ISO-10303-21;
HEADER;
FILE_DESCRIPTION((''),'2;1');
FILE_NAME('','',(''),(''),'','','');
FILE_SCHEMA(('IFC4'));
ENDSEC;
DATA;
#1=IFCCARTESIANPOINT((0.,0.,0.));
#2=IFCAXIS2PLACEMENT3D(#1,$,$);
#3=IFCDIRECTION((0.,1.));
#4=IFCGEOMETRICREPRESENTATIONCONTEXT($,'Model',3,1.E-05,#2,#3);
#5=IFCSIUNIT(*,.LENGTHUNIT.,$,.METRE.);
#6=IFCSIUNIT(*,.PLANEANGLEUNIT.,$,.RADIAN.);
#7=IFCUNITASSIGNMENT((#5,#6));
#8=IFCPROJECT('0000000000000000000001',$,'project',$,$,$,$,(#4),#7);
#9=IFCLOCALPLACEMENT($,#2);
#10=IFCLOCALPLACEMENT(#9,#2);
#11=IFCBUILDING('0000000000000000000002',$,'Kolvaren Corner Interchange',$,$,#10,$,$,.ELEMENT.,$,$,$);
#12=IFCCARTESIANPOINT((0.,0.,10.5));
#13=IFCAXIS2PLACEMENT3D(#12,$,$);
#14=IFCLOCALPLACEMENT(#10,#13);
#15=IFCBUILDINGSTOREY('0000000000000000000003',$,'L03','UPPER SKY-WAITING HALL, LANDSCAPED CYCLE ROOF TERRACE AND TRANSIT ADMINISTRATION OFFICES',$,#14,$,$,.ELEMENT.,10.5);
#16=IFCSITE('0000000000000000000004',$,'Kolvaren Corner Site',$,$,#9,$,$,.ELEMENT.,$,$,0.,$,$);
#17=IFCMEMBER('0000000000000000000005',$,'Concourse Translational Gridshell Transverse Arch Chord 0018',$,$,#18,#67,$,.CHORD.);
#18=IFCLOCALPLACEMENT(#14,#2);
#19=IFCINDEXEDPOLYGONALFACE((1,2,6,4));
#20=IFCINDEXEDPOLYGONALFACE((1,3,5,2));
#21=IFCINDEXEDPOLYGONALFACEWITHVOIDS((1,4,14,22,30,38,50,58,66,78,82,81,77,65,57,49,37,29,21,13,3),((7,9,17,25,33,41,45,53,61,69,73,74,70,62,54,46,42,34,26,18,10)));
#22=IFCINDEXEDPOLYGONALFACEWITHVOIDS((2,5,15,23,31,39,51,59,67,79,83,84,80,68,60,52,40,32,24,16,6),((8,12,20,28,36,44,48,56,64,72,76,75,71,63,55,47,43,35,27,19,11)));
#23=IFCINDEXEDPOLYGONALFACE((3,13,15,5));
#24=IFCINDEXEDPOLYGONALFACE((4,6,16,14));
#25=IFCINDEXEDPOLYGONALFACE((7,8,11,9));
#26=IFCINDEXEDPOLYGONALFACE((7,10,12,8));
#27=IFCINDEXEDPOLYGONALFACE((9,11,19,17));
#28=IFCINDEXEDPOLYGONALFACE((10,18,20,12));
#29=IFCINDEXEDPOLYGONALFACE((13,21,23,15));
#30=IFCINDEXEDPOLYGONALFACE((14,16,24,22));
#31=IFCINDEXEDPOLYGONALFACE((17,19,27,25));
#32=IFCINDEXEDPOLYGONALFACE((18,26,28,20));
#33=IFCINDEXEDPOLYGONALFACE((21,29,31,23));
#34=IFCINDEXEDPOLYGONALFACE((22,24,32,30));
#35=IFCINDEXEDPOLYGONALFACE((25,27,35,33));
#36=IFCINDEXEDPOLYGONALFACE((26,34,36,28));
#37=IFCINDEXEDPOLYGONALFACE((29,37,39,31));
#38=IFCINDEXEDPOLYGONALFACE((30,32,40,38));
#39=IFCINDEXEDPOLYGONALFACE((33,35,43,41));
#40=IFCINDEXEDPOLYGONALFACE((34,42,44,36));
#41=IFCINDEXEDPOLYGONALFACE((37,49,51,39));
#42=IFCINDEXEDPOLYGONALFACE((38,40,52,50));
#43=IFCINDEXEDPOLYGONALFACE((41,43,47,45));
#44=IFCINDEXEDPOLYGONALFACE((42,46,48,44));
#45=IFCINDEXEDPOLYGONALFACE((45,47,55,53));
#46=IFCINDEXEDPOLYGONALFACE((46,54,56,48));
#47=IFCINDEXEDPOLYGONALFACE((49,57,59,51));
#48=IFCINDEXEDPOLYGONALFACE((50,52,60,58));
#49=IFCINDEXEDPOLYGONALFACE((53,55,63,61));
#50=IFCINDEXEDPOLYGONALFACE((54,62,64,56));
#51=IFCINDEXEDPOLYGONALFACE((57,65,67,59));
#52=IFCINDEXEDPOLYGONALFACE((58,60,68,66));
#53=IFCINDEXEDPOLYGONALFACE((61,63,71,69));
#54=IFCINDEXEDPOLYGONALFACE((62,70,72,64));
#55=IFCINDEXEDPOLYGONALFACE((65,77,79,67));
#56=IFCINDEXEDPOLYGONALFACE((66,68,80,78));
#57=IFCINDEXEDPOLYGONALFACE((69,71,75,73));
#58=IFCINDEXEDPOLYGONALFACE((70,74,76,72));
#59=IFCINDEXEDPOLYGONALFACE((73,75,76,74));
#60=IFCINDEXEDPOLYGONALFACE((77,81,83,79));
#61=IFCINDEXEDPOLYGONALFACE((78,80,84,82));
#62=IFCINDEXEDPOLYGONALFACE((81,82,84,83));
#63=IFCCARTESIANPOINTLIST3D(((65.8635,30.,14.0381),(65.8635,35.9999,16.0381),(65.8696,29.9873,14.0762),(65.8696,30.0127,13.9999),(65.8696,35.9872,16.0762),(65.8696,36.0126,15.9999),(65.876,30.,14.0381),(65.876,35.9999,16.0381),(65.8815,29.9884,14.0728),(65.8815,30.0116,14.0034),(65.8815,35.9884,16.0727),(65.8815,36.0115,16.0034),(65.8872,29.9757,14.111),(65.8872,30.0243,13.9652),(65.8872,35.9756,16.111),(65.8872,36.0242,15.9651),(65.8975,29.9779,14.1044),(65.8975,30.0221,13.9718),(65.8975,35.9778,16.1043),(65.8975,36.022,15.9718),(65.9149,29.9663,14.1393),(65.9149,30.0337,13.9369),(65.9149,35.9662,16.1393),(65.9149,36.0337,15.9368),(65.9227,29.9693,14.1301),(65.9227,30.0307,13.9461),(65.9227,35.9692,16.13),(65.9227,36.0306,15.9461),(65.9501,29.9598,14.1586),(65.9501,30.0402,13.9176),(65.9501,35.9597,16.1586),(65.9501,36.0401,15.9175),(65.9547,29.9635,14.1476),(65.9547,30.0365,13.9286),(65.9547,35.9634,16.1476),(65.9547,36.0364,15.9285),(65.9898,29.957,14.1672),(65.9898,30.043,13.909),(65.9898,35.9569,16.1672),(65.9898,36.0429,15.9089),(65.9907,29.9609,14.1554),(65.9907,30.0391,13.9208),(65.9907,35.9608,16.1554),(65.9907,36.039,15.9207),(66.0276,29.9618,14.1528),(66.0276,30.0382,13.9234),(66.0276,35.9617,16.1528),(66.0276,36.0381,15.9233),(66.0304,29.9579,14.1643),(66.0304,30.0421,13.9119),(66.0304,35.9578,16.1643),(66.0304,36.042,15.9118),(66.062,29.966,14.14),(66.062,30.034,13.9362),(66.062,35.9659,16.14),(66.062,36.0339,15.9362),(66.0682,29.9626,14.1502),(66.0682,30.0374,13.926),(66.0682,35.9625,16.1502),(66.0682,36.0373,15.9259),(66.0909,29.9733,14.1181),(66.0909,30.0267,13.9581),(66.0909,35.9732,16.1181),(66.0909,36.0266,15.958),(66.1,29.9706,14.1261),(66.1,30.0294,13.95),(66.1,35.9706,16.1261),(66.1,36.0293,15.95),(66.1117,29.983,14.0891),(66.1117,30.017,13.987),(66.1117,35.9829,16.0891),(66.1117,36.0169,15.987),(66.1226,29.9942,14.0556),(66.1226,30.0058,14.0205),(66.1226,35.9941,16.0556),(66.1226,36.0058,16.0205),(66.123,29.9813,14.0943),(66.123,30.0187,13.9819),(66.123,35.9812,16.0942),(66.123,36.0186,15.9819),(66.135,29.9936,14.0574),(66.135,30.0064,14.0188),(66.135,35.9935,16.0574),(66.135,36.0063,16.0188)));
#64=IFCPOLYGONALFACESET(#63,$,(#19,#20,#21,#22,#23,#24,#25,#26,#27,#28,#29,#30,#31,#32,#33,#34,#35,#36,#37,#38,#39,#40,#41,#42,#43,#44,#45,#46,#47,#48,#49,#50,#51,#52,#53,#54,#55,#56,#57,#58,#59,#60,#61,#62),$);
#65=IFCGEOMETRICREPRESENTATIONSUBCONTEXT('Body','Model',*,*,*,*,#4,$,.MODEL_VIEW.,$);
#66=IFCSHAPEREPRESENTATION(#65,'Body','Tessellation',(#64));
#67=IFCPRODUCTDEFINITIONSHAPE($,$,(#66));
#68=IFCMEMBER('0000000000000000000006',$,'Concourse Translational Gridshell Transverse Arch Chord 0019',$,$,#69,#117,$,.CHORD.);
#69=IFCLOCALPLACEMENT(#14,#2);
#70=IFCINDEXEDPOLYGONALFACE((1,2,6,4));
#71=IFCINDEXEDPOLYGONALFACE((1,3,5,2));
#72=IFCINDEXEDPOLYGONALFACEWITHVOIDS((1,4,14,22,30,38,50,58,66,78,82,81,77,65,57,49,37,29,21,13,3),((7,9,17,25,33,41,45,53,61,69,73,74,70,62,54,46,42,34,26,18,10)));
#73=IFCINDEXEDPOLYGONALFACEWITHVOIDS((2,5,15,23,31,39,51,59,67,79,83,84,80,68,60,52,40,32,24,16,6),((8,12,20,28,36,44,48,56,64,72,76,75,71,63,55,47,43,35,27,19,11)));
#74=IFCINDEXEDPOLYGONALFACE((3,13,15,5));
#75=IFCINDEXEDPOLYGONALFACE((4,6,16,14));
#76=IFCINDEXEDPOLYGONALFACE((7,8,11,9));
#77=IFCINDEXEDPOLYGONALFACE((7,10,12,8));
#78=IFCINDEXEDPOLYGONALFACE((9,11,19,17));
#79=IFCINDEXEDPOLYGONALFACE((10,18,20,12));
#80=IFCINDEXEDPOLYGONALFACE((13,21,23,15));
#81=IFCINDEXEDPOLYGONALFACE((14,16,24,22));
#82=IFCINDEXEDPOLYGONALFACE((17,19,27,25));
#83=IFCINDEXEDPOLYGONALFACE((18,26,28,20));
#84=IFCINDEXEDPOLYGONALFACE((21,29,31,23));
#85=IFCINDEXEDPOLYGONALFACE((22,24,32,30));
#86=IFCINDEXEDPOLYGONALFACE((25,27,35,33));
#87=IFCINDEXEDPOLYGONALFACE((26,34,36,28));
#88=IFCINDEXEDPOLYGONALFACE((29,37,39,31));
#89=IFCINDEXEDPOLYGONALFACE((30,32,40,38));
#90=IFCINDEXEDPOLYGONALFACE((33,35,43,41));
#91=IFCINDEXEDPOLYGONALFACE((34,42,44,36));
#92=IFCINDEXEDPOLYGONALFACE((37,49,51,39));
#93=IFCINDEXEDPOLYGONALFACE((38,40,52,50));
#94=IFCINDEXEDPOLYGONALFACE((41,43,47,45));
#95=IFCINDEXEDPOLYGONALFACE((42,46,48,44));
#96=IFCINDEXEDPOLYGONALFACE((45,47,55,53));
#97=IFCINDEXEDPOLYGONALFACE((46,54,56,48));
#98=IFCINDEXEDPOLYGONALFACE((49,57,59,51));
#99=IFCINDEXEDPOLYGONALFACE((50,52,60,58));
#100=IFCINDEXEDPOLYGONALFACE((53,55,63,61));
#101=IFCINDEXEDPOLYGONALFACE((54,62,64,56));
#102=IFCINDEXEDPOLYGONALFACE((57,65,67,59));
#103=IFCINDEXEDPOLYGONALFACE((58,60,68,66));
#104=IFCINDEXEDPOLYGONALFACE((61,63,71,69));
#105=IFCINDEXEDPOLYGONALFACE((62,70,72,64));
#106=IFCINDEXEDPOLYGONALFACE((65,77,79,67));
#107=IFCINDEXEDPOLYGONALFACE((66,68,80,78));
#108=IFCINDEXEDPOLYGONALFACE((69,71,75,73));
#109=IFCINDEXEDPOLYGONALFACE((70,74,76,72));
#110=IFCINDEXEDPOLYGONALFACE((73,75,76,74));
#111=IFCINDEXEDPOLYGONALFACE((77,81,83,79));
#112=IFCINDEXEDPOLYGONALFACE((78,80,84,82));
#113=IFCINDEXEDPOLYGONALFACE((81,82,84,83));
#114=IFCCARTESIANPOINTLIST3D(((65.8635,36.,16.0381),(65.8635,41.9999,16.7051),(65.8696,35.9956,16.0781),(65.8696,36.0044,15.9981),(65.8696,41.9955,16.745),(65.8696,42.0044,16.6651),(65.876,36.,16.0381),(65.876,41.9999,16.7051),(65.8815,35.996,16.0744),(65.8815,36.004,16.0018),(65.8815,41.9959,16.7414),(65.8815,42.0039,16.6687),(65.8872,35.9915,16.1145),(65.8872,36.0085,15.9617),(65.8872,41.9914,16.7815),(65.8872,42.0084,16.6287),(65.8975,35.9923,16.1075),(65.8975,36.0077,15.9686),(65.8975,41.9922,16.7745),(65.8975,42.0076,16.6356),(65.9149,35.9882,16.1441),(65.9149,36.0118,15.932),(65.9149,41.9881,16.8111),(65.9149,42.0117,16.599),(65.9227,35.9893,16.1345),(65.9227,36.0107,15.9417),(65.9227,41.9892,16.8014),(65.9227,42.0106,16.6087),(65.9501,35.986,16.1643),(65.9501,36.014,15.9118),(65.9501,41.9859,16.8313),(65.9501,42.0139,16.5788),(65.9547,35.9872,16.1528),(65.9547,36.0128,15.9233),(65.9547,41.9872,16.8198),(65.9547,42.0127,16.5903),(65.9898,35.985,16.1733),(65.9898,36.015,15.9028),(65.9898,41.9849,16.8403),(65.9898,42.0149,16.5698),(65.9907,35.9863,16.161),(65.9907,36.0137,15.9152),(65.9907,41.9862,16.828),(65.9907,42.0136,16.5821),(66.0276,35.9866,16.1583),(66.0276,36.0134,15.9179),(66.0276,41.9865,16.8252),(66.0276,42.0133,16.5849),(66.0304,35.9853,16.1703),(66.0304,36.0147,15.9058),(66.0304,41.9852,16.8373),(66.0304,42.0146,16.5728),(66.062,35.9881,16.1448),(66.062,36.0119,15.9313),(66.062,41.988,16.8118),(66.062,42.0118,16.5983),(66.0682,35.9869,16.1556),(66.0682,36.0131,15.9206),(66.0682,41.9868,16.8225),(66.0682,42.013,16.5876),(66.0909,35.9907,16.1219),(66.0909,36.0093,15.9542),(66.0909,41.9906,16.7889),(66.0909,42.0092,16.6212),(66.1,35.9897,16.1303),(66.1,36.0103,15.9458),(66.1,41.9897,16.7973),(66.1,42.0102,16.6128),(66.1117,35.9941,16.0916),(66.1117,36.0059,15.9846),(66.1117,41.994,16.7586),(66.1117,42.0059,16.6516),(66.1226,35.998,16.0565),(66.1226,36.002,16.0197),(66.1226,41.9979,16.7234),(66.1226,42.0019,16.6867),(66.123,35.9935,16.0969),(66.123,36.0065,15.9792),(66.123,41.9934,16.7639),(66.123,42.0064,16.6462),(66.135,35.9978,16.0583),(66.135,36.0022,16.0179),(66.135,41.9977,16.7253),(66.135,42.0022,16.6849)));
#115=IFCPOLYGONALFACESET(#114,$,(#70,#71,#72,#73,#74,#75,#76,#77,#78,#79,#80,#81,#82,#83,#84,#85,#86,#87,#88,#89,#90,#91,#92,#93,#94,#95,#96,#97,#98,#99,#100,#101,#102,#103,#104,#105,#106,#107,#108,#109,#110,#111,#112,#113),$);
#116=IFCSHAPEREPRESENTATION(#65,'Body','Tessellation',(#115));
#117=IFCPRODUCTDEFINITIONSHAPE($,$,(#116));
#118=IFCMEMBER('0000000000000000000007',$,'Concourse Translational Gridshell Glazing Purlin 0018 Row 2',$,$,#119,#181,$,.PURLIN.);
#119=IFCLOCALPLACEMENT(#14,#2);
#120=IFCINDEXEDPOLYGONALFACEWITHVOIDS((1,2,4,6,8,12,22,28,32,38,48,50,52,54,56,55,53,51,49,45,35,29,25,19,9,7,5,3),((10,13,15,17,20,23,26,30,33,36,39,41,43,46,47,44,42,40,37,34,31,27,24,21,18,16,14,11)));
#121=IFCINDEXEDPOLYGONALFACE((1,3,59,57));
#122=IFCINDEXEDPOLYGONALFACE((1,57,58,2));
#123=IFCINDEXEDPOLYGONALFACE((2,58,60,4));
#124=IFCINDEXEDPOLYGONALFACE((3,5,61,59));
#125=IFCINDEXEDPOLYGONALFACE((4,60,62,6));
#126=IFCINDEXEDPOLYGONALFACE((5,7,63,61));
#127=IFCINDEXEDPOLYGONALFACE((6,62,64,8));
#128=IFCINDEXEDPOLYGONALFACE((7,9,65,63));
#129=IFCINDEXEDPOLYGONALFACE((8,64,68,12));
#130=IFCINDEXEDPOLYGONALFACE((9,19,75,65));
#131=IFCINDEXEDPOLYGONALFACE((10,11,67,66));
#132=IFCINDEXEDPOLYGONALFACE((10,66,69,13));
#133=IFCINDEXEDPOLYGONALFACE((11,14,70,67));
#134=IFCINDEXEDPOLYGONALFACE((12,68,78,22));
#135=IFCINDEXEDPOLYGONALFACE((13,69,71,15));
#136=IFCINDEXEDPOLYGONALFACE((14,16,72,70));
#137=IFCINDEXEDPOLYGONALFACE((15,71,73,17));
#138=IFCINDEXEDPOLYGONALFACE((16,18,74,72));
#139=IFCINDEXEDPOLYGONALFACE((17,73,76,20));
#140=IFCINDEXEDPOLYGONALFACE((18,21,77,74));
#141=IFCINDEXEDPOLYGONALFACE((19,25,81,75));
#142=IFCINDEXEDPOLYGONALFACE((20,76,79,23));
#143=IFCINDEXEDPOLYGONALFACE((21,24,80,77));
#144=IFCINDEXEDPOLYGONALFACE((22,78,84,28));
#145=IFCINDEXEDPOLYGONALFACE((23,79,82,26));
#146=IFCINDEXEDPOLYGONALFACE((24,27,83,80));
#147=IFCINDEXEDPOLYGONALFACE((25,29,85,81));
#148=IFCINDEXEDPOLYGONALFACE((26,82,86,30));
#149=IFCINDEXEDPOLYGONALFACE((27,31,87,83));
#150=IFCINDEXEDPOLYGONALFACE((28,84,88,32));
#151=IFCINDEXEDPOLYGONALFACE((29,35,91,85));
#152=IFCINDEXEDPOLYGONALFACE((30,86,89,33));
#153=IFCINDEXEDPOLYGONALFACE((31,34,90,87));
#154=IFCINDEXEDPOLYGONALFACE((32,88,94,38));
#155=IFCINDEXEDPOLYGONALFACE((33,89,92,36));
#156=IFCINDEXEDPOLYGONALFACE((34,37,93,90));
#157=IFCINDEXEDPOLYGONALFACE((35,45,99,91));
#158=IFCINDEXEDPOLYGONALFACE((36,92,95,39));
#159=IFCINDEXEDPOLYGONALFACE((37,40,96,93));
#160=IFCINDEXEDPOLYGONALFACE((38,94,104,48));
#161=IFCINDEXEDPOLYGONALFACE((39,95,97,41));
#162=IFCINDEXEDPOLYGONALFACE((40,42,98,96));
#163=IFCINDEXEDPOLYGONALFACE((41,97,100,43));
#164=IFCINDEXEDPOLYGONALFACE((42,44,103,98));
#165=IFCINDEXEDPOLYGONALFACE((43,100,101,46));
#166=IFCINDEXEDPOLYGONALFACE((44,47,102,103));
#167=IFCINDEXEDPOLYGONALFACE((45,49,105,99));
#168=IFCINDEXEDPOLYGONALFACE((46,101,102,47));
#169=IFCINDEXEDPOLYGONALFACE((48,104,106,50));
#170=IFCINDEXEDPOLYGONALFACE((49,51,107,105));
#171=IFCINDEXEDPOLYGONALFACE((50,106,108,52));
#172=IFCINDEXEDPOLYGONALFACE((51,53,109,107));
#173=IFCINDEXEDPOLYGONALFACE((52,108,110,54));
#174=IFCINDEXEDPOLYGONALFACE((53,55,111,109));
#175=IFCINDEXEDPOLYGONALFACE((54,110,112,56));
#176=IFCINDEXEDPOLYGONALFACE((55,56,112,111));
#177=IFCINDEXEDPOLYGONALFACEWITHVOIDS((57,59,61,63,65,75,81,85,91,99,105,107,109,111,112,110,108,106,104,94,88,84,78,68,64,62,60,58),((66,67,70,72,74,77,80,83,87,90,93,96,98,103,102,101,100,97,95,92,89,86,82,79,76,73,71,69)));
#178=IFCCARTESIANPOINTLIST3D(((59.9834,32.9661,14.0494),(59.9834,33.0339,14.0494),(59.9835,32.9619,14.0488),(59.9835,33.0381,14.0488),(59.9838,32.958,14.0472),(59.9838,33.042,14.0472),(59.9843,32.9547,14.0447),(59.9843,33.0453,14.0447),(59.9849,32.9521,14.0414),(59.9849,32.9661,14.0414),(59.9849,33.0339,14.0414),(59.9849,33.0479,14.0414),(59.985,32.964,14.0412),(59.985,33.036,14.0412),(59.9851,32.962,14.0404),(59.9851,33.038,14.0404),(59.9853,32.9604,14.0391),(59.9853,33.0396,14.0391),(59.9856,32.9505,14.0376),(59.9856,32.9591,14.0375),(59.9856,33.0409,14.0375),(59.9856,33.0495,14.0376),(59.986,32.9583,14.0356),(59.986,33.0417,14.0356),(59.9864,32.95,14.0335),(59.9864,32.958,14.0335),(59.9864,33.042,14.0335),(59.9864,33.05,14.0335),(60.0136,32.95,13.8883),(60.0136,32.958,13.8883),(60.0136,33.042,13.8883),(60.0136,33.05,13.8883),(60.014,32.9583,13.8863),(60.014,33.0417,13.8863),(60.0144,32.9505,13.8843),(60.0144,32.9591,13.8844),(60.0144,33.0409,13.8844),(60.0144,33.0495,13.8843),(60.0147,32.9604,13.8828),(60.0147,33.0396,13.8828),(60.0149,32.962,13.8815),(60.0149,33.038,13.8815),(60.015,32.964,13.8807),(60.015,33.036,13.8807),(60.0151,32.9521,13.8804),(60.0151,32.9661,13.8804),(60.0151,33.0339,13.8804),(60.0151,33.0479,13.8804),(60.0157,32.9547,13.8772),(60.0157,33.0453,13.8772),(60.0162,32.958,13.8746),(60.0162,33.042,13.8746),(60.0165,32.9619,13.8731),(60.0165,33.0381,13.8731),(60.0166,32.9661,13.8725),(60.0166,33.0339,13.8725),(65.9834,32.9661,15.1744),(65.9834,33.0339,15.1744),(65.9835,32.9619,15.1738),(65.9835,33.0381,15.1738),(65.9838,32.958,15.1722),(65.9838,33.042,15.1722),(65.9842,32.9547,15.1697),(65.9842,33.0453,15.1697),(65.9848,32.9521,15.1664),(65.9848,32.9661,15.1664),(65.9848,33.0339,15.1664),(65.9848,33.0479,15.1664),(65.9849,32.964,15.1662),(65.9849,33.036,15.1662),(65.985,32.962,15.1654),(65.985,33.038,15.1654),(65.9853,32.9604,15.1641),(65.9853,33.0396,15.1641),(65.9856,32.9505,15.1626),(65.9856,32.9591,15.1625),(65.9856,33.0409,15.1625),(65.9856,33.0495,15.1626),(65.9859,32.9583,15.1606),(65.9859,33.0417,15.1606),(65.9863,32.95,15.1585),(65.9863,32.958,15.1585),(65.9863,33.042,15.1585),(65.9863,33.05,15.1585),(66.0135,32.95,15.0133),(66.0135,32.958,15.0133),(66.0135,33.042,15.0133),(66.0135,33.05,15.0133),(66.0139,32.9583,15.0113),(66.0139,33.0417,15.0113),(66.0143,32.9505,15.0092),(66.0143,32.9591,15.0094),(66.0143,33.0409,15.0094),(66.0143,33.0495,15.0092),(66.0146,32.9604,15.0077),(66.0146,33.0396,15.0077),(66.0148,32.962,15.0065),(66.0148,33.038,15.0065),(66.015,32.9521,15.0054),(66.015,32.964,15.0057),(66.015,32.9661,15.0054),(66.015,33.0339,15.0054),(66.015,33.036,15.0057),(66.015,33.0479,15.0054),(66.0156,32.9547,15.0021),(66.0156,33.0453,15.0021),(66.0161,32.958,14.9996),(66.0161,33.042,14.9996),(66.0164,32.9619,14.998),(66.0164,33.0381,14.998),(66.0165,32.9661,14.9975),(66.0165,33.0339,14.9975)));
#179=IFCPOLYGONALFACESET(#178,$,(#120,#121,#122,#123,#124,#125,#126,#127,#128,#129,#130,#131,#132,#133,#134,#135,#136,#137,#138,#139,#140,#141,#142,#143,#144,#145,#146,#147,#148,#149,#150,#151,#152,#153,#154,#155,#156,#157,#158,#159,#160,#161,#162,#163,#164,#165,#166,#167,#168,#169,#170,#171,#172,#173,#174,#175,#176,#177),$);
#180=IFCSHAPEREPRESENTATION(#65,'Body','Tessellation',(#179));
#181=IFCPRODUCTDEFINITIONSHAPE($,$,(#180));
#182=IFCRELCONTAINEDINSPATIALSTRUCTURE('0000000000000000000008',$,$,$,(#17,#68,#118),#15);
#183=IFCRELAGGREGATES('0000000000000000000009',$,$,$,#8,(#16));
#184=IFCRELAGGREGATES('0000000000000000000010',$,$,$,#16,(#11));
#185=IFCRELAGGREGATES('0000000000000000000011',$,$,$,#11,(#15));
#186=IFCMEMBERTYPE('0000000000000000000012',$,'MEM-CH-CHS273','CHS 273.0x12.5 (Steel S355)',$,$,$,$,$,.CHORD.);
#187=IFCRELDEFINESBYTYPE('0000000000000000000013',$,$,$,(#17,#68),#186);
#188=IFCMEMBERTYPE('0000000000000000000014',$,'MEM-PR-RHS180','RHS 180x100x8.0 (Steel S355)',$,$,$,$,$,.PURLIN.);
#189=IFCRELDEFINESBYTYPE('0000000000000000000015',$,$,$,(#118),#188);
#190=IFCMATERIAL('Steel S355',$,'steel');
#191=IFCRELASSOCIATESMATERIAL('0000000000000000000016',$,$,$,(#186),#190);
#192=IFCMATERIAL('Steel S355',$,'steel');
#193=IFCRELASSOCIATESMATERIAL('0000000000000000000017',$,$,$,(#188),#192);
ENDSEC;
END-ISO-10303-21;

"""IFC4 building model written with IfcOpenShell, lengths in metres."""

from ifc_helpers import new_model, si_unit, direction, frame, origin, origin_2d, place, context, subcontext, project, spatial, hollow_rectangle, hollow_circle, extrude, material, material_profile, profile_set, type_object, element, save


model = new_model("IFC4")

# Units and contexts
model_context = context("Model", 3, precision=1e-05, world=origin(), true_north=direction((0.0, 1.0)))
body_context = subcontext(model_context, "Body", "Model", "MODEL_VIEW")
ifc_project = project(units=[si_unit("LENGTHUNIT", "METRE"), si_unit("PLANEANGLEUNIT", "RADIAN")], contexts=[model_context])

# Site, building, storey
site_placement = place(None, origin())
site = spatial("IfcSite", under=ifc_project, at=site_placement, Name="Kolvaren Corner Site", CompositionType="ELEMENT", RefElevation=0.0)
building_placement = place(site_placement, origin())
building = spatial("IfcBuilding", under=site, at=building_placement, Name="Kolvaren Corner Interchange", CompositionType="ELEMENT")
storey_placement = place(building_placement, frame((0.0, 0.0, 10.5)))
storey = spatial("IfcBuildingStorey", under=building, at=storey_placement, Name="L03", Description="UPPER SKY-WAITING HALL, LANDSCAPED CYCLE ROOF TERRACE AND TRANSIT ADMINISTRATION OFFICES", CompositionType="ELEMENT", Elevation=10.5)

# Members
ifc_material_1 = material(Name="Steel S355", Category="steel")
ifc_material_profile_1 = material_profile(ifc_material_1, hollow_circle(Radius=0.1365, WallThickness=0.0125, at=origin_2d()), Name="CHS 273.0x12.5")
ifc_profile_set_1 = profile_set([ifc_material_profile_1], Name="Steel S355")
member_type_1 = type_object("IfcMemberType", Name="MEM-CH-CHS273", Description="CHS 273.0x12.5 (Steel S355)", PredefinedType="CHORD", material=ifc_profile_set_1)
member_1_placement = place(storey_placement, frame((66.0, 30.0, 14.0381), z_axis=(0.0, 0.948683, 0.316228), x_axis=(-1.0, 0.0, 0.0)))
element("IfcMember", 1, at=member_1_placement, inside=storey, type_object=member_type_1, Name="Concourse Translational Gridshell Transverse Arch Chord 0018", PredefinedType="CHORD", context=body_context, shape_type="SweptSolid", body=[
    extrude(hollow_circle(Radius=0.1365, WallThickness=0.0125, at=origin_2d()), origin(), (0.0, 0.0, 1.0), 6.3245),
])
member_2_placement = place(storey_placement, frame((66.0, 36.0, 16.0381), z_axis=(0.0, 0.993878, 0.110485), x_axis=(-1.0, 0.0, 0.0)))
element("IfcMember", 2, at=member_2_placement, inside=storey, type_object=member_type_1, Name="Concourse Translational Gridshell Transverse Arch Chord 0019", PredefinedType="CHORD", context=body_context, shape_type="SweptSolid", body=[
    extrude(hollow_circle(Radius=0.1365, WallThickness=0.0125, at=origin_2d()), origin(), (0.0, 0.0, 1.0), 6.0369),
])
ifc_material_2 = material(Name="Steel S355", Category="steel")
ifc_material_profile_2 = material_profile(ifc_material_2, hollow_rectangle(XDim=0.1001, YDim=0.1799, WallThickness=0.0081, InnerFilletRadius=0.0081, OuterFilletRadius=0.0161, at=origin_2d()), Name="RHS 180x100x8.0")
ifc_profile_set_2 = profile_set([ifc_material_profile_2], Name="Steel S355")
member_type_2 = type_object("IfcMemberType", Name="MEM-PR-RHS180", Description="RHS 180x100x8.0 (Steel S355)", PredefinedType="PURLIN", material=ifc_profile_set_2)
member_3_placement = place(storey_placement, frame((60.0, 33.0, 13.9609), z_axis=(0.982872, 0.0, 0.184289), x_axis=(0.0, 1.0, 0.0)))
element("IfcMember", 3, at=member_3_placement, inside=storey, type_object=member_type_2, Name="Concourse Translational Gridshell Glazing Purlin 0018 Row 2", PredefinedType="PURLIN", context=body_context, shape_type="SweptSolid", body=[
    extrude(hollow_rectangle(XDim=0.1001, YDim=0.1799, WallThickness=0.0081, InnerFilletRadius=0.0081, OuterFilletRadius=0.0161, at=origin_2d()), origin(), (0.0, 0.0, 1.0), 6.1045),
])

save(model, "model.ifc")
